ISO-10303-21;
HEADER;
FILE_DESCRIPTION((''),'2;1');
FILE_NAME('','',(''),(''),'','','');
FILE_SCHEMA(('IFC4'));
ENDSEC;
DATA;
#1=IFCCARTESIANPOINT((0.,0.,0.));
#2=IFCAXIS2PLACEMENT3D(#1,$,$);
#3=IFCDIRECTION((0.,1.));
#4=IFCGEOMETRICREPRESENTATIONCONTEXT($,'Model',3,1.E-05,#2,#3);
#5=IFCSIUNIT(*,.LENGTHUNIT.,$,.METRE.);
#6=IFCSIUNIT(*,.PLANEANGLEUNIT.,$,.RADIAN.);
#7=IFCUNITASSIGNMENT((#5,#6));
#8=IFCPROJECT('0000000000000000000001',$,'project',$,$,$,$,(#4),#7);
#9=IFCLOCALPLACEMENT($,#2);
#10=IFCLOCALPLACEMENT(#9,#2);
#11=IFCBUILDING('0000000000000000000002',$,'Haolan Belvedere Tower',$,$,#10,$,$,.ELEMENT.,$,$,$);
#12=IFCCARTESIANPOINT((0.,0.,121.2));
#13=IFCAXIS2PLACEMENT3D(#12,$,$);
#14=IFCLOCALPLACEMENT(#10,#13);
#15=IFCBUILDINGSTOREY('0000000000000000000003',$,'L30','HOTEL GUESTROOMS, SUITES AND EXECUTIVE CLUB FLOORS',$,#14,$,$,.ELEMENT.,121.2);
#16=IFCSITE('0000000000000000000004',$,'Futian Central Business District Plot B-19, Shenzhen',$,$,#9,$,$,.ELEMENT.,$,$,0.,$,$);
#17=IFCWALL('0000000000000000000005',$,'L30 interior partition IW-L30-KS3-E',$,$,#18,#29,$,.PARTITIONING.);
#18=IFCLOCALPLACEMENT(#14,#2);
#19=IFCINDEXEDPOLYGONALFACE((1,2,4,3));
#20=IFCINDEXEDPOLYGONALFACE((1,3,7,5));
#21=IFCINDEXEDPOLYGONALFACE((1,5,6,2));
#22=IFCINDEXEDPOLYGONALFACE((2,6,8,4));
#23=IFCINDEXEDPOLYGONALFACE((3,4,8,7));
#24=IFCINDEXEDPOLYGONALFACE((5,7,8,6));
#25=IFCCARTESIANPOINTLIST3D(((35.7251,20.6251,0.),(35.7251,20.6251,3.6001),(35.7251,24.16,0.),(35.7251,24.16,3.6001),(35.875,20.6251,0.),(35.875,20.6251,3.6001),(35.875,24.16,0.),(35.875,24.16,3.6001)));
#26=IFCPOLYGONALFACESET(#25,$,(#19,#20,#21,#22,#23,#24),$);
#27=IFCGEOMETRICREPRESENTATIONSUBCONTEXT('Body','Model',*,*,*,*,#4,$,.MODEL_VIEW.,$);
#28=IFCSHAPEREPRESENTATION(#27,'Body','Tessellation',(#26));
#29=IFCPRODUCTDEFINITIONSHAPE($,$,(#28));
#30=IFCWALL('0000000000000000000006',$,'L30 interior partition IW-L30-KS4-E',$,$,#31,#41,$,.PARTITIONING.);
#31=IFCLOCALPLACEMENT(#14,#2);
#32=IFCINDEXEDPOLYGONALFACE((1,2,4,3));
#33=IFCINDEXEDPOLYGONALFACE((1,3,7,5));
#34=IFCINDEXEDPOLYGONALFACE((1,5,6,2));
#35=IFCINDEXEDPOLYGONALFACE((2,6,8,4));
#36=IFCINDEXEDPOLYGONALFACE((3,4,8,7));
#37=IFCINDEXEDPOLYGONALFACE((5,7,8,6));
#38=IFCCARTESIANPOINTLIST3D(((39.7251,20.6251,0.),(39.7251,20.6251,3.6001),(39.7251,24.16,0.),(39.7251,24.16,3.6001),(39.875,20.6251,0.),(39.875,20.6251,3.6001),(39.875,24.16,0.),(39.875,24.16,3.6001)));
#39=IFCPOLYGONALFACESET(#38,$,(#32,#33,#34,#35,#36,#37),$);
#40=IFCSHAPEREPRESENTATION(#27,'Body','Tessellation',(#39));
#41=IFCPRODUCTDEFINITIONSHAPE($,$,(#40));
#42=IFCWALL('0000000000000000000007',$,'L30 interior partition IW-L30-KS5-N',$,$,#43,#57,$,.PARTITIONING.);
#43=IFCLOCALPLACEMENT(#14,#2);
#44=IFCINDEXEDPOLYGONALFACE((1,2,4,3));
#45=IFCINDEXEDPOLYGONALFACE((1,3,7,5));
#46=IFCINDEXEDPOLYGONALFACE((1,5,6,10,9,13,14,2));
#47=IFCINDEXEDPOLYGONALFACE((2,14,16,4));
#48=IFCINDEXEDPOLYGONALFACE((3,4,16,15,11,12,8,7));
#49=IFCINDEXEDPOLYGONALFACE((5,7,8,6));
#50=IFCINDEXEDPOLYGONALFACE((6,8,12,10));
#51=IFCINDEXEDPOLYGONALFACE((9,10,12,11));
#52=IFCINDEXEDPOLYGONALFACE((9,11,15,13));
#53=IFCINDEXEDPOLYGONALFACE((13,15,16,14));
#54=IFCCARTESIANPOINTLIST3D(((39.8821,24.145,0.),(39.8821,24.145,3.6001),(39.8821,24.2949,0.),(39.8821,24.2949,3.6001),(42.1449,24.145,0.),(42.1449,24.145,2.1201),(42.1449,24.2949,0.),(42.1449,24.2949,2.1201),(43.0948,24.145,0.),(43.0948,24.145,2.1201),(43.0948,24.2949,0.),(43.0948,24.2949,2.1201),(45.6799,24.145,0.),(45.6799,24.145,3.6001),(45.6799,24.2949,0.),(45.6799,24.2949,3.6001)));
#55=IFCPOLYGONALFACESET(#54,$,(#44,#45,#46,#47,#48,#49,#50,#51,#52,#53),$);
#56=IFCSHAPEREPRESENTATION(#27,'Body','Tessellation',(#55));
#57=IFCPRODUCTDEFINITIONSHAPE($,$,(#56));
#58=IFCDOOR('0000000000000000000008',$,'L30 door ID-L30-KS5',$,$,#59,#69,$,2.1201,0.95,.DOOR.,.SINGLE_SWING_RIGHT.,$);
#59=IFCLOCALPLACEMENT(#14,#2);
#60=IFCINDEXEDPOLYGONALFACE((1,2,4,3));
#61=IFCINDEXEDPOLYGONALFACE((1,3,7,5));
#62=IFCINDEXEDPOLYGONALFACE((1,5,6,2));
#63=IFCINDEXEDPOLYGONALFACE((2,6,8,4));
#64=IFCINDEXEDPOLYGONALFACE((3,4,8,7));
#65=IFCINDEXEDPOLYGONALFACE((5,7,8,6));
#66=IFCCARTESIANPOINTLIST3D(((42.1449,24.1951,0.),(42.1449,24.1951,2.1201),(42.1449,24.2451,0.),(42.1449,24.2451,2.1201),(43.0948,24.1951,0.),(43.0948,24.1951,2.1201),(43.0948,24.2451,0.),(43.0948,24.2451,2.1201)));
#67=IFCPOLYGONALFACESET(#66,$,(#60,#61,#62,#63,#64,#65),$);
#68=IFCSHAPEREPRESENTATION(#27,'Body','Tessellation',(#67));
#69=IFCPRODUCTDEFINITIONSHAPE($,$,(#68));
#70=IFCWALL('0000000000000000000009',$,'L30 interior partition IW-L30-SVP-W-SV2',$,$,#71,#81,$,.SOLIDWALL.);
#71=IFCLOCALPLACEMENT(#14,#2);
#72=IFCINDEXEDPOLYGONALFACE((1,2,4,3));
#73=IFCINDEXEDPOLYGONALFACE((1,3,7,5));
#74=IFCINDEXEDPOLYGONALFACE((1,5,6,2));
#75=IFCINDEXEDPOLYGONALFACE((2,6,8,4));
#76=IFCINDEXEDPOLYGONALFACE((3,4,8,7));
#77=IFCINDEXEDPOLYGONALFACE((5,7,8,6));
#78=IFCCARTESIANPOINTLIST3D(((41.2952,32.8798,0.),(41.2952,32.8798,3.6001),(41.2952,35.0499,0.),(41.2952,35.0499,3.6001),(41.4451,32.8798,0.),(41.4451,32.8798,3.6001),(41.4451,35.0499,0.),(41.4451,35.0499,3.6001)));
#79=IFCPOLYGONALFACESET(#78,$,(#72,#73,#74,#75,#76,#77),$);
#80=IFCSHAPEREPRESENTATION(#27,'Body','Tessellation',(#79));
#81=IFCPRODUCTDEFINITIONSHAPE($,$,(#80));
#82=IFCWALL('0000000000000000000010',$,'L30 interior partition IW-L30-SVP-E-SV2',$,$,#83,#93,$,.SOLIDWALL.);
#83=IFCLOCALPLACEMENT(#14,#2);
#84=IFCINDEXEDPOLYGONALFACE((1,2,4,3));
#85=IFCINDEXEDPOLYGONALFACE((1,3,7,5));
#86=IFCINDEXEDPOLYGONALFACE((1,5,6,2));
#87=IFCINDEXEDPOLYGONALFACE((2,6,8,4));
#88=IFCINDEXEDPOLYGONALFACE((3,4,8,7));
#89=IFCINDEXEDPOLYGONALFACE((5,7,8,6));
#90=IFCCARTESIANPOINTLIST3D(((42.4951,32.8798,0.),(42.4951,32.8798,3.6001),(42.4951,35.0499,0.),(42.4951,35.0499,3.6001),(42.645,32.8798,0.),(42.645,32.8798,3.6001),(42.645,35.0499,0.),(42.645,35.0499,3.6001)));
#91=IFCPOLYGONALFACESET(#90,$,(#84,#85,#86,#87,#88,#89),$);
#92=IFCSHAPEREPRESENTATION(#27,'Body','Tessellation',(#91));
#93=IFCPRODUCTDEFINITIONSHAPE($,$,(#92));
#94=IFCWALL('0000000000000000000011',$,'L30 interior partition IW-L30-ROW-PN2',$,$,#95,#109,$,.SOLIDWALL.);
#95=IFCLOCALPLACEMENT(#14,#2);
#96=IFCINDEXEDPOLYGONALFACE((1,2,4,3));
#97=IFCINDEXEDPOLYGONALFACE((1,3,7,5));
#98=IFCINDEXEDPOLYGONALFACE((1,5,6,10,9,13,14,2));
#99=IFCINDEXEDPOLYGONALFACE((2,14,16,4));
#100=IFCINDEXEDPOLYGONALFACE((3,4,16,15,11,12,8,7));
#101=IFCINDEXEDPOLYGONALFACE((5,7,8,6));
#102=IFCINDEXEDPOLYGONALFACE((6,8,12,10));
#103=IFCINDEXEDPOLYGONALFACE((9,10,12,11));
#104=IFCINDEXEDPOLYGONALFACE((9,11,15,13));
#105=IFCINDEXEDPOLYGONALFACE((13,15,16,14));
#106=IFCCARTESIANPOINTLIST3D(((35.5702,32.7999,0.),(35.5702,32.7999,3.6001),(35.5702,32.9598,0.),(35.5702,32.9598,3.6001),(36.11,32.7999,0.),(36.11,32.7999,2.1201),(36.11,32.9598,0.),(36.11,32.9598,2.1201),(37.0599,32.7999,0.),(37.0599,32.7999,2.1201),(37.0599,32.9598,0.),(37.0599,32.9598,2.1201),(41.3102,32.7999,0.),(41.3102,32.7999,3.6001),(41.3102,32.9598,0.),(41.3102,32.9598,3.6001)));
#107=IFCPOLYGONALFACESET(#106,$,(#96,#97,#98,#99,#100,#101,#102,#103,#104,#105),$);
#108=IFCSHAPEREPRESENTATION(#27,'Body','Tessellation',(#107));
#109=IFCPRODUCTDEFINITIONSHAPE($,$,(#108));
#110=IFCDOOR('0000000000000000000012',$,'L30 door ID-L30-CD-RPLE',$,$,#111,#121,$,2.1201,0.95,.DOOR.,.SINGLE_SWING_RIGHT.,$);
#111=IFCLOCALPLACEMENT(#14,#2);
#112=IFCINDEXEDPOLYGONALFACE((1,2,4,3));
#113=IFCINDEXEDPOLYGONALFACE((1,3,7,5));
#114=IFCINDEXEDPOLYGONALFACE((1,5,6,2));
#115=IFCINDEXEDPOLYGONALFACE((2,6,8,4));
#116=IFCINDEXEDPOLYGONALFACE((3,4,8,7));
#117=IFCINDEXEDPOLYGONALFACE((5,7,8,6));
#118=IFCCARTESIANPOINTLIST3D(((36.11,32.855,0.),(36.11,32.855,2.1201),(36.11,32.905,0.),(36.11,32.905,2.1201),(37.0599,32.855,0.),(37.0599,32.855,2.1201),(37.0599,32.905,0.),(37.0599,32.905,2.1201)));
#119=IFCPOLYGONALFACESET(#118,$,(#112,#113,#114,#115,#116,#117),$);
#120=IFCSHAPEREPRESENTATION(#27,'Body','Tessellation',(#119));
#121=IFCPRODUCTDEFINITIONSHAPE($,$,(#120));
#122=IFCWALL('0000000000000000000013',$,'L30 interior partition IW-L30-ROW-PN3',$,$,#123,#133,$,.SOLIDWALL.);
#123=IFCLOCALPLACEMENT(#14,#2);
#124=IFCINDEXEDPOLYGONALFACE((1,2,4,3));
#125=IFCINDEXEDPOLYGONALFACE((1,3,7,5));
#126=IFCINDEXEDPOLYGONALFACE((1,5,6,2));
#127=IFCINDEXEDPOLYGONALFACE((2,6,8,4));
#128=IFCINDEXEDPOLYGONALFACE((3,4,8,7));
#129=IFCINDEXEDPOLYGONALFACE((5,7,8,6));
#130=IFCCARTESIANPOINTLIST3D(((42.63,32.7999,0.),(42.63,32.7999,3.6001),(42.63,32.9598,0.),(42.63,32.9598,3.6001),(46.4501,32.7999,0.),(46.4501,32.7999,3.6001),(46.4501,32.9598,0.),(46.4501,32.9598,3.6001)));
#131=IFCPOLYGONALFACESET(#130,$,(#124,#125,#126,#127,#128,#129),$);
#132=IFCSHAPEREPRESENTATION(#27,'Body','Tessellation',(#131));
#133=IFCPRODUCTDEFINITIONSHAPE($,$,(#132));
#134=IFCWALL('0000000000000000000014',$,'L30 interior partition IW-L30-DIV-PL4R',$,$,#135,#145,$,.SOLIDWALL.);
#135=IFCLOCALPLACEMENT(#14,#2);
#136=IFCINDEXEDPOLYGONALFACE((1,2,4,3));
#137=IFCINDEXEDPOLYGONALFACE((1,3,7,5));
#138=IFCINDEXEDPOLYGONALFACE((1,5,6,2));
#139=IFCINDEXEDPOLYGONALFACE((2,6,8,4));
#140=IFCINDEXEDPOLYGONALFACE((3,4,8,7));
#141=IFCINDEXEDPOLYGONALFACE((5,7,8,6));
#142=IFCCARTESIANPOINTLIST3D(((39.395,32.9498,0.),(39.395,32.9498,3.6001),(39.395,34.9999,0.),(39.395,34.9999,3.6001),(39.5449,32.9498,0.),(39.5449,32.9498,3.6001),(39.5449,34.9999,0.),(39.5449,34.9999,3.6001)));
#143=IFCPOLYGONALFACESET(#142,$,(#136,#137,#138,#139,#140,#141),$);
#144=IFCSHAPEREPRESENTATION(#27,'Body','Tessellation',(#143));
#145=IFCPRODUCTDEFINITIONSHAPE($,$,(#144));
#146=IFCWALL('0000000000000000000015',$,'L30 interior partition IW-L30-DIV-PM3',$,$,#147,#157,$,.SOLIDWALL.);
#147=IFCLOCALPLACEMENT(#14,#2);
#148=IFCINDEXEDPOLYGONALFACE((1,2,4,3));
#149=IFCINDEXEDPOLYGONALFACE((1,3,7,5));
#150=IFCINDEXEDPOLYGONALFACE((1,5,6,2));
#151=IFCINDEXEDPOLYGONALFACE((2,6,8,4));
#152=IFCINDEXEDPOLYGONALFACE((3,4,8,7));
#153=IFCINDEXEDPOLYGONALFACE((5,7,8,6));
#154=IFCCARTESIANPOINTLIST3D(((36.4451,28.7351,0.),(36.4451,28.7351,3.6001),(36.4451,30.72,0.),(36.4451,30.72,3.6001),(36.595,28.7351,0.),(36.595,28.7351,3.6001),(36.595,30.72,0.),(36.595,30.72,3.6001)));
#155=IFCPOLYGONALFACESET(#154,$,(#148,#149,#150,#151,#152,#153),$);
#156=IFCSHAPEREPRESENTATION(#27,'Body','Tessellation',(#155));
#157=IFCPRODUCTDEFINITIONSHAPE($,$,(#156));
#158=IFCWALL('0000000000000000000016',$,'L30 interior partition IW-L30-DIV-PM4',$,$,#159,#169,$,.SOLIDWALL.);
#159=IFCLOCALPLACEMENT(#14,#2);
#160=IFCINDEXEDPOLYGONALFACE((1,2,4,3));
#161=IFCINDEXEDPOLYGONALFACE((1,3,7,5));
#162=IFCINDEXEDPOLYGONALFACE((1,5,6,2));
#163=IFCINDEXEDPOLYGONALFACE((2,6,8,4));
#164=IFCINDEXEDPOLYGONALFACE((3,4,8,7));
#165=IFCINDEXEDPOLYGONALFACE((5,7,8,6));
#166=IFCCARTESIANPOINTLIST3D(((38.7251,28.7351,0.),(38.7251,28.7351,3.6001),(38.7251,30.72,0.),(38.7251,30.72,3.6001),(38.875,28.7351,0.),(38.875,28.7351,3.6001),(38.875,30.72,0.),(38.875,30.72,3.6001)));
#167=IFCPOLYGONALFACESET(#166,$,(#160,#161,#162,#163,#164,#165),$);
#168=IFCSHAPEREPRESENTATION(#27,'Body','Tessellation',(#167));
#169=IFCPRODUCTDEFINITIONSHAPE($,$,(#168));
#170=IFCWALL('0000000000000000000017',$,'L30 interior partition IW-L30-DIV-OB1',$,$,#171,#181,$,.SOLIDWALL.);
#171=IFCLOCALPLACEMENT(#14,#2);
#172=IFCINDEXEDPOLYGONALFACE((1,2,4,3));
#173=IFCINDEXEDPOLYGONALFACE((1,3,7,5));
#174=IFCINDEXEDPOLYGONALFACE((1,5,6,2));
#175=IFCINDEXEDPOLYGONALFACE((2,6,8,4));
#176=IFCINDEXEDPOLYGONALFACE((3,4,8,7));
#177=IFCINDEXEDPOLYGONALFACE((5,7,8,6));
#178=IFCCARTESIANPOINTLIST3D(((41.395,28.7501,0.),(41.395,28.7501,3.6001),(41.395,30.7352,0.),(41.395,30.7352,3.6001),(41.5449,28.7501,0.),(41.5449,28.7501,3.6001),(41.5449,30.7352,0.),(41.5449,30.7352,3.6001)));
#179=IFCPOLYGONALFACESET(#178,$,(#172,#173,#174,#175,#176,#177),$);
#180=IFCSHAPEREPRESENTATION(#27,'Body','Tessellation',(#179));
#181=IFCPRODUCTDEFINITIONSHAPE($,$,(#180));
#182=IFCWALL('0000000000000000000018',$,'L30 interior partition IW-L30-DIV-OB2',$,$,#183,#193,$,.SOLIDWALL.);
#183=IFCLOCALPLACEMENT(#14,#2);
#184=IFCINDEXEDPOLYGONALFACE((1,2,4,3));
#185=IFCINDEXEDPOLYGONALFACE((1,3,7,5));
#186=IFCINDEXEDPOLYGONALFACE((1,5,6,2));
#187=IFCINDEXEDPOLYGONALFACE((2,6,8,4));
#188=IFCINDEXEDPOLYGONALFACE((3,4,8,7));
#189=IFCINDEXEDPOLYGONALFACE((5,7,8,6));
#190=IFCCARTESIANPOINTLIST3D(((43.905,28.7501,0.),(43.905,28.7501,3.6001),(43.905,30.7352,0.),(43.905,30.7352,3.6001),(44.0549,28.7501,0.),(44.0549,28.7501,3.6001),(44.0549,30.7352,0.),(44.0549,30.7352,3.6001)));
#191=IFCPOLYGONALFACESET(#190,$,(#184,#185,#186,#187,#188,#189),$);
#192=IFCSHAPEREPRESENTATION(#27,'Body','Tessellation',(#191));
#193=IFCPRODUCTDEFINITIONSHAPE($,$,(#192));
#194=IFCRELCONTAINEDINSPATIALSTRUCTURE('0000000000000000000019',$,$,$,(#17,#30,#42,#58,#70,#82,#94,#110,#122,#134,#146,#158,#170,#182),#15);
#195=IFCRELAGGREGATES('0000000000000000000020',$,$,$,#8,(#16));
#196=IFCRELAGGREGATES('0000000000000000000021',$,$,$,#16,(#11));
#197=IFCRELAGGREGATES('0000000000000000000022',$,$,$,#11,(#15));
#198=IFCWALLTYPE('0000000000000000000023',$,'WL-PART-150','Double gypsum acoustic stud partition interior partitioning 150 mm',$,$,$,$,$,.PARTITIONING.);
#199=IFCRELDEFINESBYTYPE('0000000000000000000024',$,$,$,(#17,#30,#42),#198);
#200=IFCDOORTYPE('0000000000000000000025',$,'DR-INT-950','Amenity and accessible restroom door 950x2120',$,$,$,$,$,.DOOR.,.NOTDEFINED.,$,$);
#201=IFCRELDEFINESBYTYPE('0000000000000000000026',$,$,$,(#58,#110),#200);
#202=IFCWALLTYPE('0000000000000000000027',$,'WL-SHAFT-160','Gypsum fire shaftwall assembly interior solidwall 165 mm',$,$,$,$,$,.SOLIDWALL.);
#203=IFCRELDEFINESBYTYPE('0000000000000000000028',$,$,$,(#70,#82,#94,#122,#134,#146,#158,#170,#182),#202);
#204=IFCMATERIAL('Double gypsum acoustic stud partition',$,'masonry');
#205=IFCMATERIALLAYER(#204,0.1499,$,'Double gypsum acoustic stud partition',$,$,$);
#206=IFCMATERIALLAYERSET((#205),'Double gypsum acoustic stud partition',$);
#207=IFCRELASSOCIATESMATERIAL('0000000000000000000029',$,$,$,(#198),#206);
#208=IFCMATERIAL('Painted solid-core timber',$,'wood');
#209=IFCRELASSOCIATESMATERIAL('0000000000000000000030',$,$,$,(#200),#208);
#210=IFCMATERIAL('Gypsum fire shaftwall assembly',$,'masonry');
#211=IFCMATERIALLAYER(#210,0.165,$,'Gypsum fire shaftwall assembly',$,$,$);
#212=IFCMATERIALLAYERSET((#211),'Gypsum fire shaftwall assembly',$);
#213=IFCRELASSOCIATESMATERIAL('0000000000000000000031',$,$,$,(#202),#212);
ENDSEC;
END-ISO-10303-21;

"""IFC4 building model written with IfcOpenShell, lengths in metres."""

from ifc_helpers import new_model, si_unit, direction, frame, frame_2d, origin, place, context, subcontext, project, spatial, rectangle, extrude, material, layer, layer_set, type_object, element, fill, save


model = new_model("IFC4")

# Units and contexts
model_context = context("Model", 3, precision=1e-05, world=origin(), true_north=direction((0.0, 1.0)))
body_context = subcontext(model_context, "Body", "Model", "MODEL_VIEW")
ifc_project = project(units=[si_unit("LENGTHUNIT", "METRE"), si_unit("PLANEANGLEUNIT", "RADIAN")], contexts=[model_context])

# Site, building, storey
site_placement = place(None, origin())
site = spatial("IfcSite", under=ifc_project, at=site_placement, Name="Futian Central Business District Plot B-19, Shenzhen", CompositionType="ELEMENT", RefElevation=0.0)
building_placement = place(site_placement, origin())
building = spatial("IfcBuilding", under=site, at=building_placement, Name="Haolan Belvedere Tower", CompositionType="ELEMENT")
storey_placement = place(building_placement, frame((0.0, 0.0, 121.2)))
storey = spatial("IfcBuildingStorey", under=building, at=storey_placement, Name="L30", Description="HOTEL GUESTROOMS, SUITES AND EXECUTIVE CLUB FLOORS", CompositionType="ELEMENT", Elevation=121.2)

# Wall
ifc_material_1 = material(Name="Double gypsum acoustic stud partition", Category="masonry")
ifc_layer_1 = layer(ifc_material_1, 0.1499, Name="Double gypsum acoustic stud partition")
ifc_layer_set_1 = layer_set([ifc_layer_1], Name="Double gypsum acoustic stud partition")
wall_type_1 = type_object("IfcWallType", Name="WL-PART-150", Description="Double gypsum acoustic stud partition interior partitioning 150 mm", PredefinedType="PARTITIONING", material=ifc_layer_set_1)
wall_1_placement = place(storey_placement, frame((35.8, 20.625, 0.0), z_axis=(0.0, 0.0, 1.0), x_axis=(0.0, 1.0, 0.0)))
element("IfcWall", 1, at=wall_1_placement, inside=storey, type_object=wall_type_1, Name="L30 interior partition IW-L30-KS3-E", PredefinedType="PARTITIONING", context=body_context, shape_type="SweptSolid", body=[
    extrude(rectangle(XDim=3.5349, YDim=0.1499, at=frame_2d((1.7676, 0.0))), origin(), (0.0, 0.0, 1.0), 3.6001),
])

# Shared definitions
ifc_material_2 = material(Name="Painted solid-core timber", Category="wood")
door_type = type_object("IfcDoorType", Name="DR-INT-950", Description="Amenity and accessible restroom door 950x2120", OperationType="NOTDEFINED", PredefinedType="DOOR", material=ifc_material_2)

# Wall
wall_2_placement = place(storey_placement, frame((39.8, 20.625, 0.0), z_axis=(0.0, 0.0, 1.0), x_axis=(0.0, 1.0, 0.0)))
element("IfcWall", 2, at=wall_2_placement, inside=storey, type_object=wall_type_1, Name="L30 interior partition IW-L30-KS4-E", PredefinedType="PARTITIONING", context=body_context, shape_type="SweptSolid", body=[
    extrude(rectangle(XDim=3.5349, YDim=0.1499, at=frame_2d((1.7676, 0.0))), origin(), (0.0, 0.0, 1.0), 3.6001),
])

# Wall, opening, door
wall_3_placement = place(storey_placement, frame((39.8821, 24.22, 0.0), z_axis=(0.0, 0.0, 1.0), x_axis=(1.0, 0.0, 0.0)))
wall_3 = element("IfcWall", 3, at=wall_3_placement, inside=storey, type_object=wall_type_1, Name="L30 interior partition IW-L30-KS5-N", PredefinedType="PARTITIONING", context=body_context, shape_type="SweptSolid", body=[
    extrude(rectangle(XDim=5.7979, YDim=0.1499, at=frame_2d((2.8989, 0.0))), origin(), (0.0, 0.0, 1.0), 3.6001),
])
opening_1_placement = place(wall_3_placement, frame((3.2129, 0.0, 0.0), z_axis=(0.0, 0.0, 1.0), x_axis=(-1.0, 0.0, 0.0)))
opening_1 = element("IfcOpeningElement", 4, at=opening_1_placement, cuts=wall_3, PredefinedType="OPENING", context=body_context, shape_type="SweptSolid", body=[
    extrude(rectangle(XDim=0.95, YDim=2.1201, at=frame_2d((0.4751, 1.0601))), frame((0.0, 0.085, 0.0), z_axis=(0.0, -1.0, 0.0), x_axis=(1.0, 0.0, 0.0)), (0.0, 0.0, 1.0), 0.1699),
])
door_1_placement = place(opening_1_placement, origin())
door_1 = element("IfcDoor", 5, at=door_1_placement, inside=storey, type_object=door_type, Name="L30 door ID-L30-KS5", OperationType="SINGLE_SWING_RIGHT", OverallHeight=2.1201, OverallWidth=0.95, PredefinedType="DOOR", context=body_context, shape_type="SweptSolid", body=[
    extrude(rectangle(XDim=0.95, YDim=2.1201, at=frame_2d((0.4751, 1.0601))), frame((0.0, 0.0249, 0.0), z_axis=(0.0, -1.0, 0.0), x_axis=(1.0, 0.0, 0.0)), (0.0, 0.0, 1.0), 0.05),
])
fill(opening_1, door_1)

# Walls
ifc_material_3 = material(Name="Gypsum fire shaftwall assembly", Category="masonry")
ifc_layer_2 = layer(ifc_material_3, 0.165, Name="Gypsum fire shaftwall assembly")
ifc_layer_set_2 = layer_set([ifc_layer_2], Name="Gypsum fire shaftwall assembly")
wall_type_2 = type_object("IfcWallType", Name="WL-SHAFT-160", Description="Gypsum fire shaftwall assembly interior solidwall 165 mm", PredefinedType="SOLIDWALL", material=ifc_layer_set_2)
for number, where, z_axis, x_axis, name in (
    (6, (41.3701, 32.8799, 0.0), (0.0, 0.0, 1.0), (0.0, 1.0, 0.0), "L30 interior partition IW-L30-SVP-W-SV2"),
    (7, (42.5701, 32.8799, 0.0), (0.0, 0.0, 1.0), (0.0, 1.0, 0.0), "L30 interior partition IW-L30-SVP-E-SV2"),
):
    element("IfcWall", number, at=place(storey_placement, frame(where, z_axis=z_axis, x_axis=x_axis)), inside=storey, type_object=wall_type_2, Name=name, PredefinedType="SOLIDWALL", context=body_context, shape_type="SweptSolid", body=[
        extrude(rectangle(XDim=2.1702, YDim=0.1499, at=frame_2d((1.085, 0.0))), origin(), (0.0, 0.0, 1.0), 3.6001),
    ])

# Wall, opening, door
wall_4_placement = place(storey_placement, frame((35.5701, 32.8799, 0.0), z_axis=(0.0, 0.0, 1.0), x_axis=(1.0, 0.0, 0.0)))
wall_4 = element("IfcWall", 8, at=wall_4_placement, inside=storey, type_object=wall_type_2, Name="L30 interior partition IW-L30-ROW-PN2", PredefinedType="SOLIDWALL", context=body_context, shape_type="SweptSolid", body=[
    extrude(rectangle(XDim=5.74, YDim=0.1599, at=frame_2d((2.8701, 0.0))), origin(), (0.0, 0.0, 1.0), 3.6001),
])
opening_2_placement = place(wall_4_placement, frame((1.49, 0.0, 0.0), z_axis=(0.0, 0.0, 1.0), x_axis=(-1.0, 0.0, 0.0)))
opening_2 = element("IfcOpeningElement", 9, at=opening_2_placement, cuts=wall_4, PredefinedType="OPENING", context=body_context, shape_type="SweptSolid", body=[
    extrude(rectangle(XDim=0.95, YDim=2.1201, at=frame_2d((0.4751, 1.0601))), frame((0.0, 0.0898, 0.0), z_axis=(0.0, -1.0, 0.0), x_axis=(1.0, 0.0, 0.0)), (0.0, 0.0, 1.0), 0.1799),
])
door_2_placement = place(opening_2_placement, origin())
door_2 = element("IfcDoor", 10, at=door_2_placement, inside=storey, type_object=door_type, Name="L30 door ID-L30-CD-RPLE", OperationType="SINGLE_SWING_RIGHT", OverallHeight=2.1201, OverallWidth=0.95, PredefinedType="DOOR", context=body_context, shape_type="SweptSolid", body=[
    extrude(rectangle(XDim=0.95, YDim=2.1201, at=frame_2d((0.4751, 1.0601))), frame((0.0, 0.0249, 0.0), z_axis=(0.0, -1.0, 0.0), x_axis=(1.0, 0.0, 0.0)), (0.0, 0.0, 1.0), 0.05),
])
fill(opening_2, door_2)

# Walls
wall_5_placement = place(storey_placement, frame((42.6299, 32.8799, 0.0), z_axis=(0.0, 0.0, 1.0), x_axis=(1.0, 0.0, 0.0)))
element("IfcWall", 11, at=wall_5_placement, inside=storey, type_object=wall_type_2, Name="L30 interior partition IW-L30-ROW-PN3", PredefinedType="SOLIDWALL", context=body_context, shape_type="SweptSolid", body=[
    extrude(rectangle(XDim=3.8201, YDim=0.1599, at=frame_2d((1.9102, 0.0))), origin(), (0.0, 0.0, 1.0), 3.6001),
])
wall_6_placement = place(storey_placement, frame((39.47, 32.95, 0.0), z_axis=(0.0, 0.0, 1.0), x_axis=(0.0, 1.0, 0.0)))
element("IfcWall", 12, at=wall_6_placement, inside=storey, type_object=wall_type_2, Name="L30 interior partition IW-L30-DIV-PL4R", PredefinedType="SOLIDWALL", context=body_context, shape_type="SweptSolid", body=[
    extrude(rectangle(XDim=2.05, YDim=0.1499, at=frame_2d((1.0249, 0.0))), origin(), (0.0, 0.0, 1.0), 3.6001),
])
for number, where, z_axis, x_axis, name in (
    (13, (36.52, 28.7351, 0.0), (0.0, 0.0, 1.0), (0.0, 1.0, 0.0), "L30 interior partition IW-L30-DIV-PM3"),
    (14, (38.8, 28.7351, 0.0), (0.0, 0.0, 1.0), (0.0, 1.0, 0.0), "L30 interior partition IW-L30-DIV-PM4"),
):
    element("IfcWall", number, at=place(storey_placement, frame(where, z_axis=z_axis, x_axis=x_axis)), inside=storey, type_object=wall_type_2, Name=name, PredefinedType="SOLIDWALL", context=body_context, shape_type="SweptSolid", body=[
        extrude(rectangle(XDim=1.9849, YDim=0.1499, at=frame_2d((0.9924, 0.0))), origin(), (0.0, 0.0, 1.0), 3.6001),
    ])
for number, where, z_axis, x_axis, name in (
    (15, (41.47, 28.75, 0.0), (0.0, 0.0, 1.0), (0.0, 1.0, 0.0), "L30 interior partition IW-L30-DIV-OB1"),
    (16, (43.98, 28.75, 0.0), (0.0, 0.0, 1.0), (0.0, 1.0, 0.0), "L30 interior partition IW-L30-DIV-OB2"),
):
    element("IfcWall", number, at=place(storey_placement, frame(where, z_axis=z_axis, x_axis=x_axis)), inside=storey, type_object=wall_type_2, Name=name, PredefinedType="SOLIDWALL", context=body_context, shape_type="SweptSolid", body=[
        extrude(rectangle(XDim=1.9851, YDim=0.1499, at=frame_2d((0.9927, 0.0))), origin(), (0.0, 0.0, 1.0), 3.6001),
    ])

save(model, "model.ifc")
